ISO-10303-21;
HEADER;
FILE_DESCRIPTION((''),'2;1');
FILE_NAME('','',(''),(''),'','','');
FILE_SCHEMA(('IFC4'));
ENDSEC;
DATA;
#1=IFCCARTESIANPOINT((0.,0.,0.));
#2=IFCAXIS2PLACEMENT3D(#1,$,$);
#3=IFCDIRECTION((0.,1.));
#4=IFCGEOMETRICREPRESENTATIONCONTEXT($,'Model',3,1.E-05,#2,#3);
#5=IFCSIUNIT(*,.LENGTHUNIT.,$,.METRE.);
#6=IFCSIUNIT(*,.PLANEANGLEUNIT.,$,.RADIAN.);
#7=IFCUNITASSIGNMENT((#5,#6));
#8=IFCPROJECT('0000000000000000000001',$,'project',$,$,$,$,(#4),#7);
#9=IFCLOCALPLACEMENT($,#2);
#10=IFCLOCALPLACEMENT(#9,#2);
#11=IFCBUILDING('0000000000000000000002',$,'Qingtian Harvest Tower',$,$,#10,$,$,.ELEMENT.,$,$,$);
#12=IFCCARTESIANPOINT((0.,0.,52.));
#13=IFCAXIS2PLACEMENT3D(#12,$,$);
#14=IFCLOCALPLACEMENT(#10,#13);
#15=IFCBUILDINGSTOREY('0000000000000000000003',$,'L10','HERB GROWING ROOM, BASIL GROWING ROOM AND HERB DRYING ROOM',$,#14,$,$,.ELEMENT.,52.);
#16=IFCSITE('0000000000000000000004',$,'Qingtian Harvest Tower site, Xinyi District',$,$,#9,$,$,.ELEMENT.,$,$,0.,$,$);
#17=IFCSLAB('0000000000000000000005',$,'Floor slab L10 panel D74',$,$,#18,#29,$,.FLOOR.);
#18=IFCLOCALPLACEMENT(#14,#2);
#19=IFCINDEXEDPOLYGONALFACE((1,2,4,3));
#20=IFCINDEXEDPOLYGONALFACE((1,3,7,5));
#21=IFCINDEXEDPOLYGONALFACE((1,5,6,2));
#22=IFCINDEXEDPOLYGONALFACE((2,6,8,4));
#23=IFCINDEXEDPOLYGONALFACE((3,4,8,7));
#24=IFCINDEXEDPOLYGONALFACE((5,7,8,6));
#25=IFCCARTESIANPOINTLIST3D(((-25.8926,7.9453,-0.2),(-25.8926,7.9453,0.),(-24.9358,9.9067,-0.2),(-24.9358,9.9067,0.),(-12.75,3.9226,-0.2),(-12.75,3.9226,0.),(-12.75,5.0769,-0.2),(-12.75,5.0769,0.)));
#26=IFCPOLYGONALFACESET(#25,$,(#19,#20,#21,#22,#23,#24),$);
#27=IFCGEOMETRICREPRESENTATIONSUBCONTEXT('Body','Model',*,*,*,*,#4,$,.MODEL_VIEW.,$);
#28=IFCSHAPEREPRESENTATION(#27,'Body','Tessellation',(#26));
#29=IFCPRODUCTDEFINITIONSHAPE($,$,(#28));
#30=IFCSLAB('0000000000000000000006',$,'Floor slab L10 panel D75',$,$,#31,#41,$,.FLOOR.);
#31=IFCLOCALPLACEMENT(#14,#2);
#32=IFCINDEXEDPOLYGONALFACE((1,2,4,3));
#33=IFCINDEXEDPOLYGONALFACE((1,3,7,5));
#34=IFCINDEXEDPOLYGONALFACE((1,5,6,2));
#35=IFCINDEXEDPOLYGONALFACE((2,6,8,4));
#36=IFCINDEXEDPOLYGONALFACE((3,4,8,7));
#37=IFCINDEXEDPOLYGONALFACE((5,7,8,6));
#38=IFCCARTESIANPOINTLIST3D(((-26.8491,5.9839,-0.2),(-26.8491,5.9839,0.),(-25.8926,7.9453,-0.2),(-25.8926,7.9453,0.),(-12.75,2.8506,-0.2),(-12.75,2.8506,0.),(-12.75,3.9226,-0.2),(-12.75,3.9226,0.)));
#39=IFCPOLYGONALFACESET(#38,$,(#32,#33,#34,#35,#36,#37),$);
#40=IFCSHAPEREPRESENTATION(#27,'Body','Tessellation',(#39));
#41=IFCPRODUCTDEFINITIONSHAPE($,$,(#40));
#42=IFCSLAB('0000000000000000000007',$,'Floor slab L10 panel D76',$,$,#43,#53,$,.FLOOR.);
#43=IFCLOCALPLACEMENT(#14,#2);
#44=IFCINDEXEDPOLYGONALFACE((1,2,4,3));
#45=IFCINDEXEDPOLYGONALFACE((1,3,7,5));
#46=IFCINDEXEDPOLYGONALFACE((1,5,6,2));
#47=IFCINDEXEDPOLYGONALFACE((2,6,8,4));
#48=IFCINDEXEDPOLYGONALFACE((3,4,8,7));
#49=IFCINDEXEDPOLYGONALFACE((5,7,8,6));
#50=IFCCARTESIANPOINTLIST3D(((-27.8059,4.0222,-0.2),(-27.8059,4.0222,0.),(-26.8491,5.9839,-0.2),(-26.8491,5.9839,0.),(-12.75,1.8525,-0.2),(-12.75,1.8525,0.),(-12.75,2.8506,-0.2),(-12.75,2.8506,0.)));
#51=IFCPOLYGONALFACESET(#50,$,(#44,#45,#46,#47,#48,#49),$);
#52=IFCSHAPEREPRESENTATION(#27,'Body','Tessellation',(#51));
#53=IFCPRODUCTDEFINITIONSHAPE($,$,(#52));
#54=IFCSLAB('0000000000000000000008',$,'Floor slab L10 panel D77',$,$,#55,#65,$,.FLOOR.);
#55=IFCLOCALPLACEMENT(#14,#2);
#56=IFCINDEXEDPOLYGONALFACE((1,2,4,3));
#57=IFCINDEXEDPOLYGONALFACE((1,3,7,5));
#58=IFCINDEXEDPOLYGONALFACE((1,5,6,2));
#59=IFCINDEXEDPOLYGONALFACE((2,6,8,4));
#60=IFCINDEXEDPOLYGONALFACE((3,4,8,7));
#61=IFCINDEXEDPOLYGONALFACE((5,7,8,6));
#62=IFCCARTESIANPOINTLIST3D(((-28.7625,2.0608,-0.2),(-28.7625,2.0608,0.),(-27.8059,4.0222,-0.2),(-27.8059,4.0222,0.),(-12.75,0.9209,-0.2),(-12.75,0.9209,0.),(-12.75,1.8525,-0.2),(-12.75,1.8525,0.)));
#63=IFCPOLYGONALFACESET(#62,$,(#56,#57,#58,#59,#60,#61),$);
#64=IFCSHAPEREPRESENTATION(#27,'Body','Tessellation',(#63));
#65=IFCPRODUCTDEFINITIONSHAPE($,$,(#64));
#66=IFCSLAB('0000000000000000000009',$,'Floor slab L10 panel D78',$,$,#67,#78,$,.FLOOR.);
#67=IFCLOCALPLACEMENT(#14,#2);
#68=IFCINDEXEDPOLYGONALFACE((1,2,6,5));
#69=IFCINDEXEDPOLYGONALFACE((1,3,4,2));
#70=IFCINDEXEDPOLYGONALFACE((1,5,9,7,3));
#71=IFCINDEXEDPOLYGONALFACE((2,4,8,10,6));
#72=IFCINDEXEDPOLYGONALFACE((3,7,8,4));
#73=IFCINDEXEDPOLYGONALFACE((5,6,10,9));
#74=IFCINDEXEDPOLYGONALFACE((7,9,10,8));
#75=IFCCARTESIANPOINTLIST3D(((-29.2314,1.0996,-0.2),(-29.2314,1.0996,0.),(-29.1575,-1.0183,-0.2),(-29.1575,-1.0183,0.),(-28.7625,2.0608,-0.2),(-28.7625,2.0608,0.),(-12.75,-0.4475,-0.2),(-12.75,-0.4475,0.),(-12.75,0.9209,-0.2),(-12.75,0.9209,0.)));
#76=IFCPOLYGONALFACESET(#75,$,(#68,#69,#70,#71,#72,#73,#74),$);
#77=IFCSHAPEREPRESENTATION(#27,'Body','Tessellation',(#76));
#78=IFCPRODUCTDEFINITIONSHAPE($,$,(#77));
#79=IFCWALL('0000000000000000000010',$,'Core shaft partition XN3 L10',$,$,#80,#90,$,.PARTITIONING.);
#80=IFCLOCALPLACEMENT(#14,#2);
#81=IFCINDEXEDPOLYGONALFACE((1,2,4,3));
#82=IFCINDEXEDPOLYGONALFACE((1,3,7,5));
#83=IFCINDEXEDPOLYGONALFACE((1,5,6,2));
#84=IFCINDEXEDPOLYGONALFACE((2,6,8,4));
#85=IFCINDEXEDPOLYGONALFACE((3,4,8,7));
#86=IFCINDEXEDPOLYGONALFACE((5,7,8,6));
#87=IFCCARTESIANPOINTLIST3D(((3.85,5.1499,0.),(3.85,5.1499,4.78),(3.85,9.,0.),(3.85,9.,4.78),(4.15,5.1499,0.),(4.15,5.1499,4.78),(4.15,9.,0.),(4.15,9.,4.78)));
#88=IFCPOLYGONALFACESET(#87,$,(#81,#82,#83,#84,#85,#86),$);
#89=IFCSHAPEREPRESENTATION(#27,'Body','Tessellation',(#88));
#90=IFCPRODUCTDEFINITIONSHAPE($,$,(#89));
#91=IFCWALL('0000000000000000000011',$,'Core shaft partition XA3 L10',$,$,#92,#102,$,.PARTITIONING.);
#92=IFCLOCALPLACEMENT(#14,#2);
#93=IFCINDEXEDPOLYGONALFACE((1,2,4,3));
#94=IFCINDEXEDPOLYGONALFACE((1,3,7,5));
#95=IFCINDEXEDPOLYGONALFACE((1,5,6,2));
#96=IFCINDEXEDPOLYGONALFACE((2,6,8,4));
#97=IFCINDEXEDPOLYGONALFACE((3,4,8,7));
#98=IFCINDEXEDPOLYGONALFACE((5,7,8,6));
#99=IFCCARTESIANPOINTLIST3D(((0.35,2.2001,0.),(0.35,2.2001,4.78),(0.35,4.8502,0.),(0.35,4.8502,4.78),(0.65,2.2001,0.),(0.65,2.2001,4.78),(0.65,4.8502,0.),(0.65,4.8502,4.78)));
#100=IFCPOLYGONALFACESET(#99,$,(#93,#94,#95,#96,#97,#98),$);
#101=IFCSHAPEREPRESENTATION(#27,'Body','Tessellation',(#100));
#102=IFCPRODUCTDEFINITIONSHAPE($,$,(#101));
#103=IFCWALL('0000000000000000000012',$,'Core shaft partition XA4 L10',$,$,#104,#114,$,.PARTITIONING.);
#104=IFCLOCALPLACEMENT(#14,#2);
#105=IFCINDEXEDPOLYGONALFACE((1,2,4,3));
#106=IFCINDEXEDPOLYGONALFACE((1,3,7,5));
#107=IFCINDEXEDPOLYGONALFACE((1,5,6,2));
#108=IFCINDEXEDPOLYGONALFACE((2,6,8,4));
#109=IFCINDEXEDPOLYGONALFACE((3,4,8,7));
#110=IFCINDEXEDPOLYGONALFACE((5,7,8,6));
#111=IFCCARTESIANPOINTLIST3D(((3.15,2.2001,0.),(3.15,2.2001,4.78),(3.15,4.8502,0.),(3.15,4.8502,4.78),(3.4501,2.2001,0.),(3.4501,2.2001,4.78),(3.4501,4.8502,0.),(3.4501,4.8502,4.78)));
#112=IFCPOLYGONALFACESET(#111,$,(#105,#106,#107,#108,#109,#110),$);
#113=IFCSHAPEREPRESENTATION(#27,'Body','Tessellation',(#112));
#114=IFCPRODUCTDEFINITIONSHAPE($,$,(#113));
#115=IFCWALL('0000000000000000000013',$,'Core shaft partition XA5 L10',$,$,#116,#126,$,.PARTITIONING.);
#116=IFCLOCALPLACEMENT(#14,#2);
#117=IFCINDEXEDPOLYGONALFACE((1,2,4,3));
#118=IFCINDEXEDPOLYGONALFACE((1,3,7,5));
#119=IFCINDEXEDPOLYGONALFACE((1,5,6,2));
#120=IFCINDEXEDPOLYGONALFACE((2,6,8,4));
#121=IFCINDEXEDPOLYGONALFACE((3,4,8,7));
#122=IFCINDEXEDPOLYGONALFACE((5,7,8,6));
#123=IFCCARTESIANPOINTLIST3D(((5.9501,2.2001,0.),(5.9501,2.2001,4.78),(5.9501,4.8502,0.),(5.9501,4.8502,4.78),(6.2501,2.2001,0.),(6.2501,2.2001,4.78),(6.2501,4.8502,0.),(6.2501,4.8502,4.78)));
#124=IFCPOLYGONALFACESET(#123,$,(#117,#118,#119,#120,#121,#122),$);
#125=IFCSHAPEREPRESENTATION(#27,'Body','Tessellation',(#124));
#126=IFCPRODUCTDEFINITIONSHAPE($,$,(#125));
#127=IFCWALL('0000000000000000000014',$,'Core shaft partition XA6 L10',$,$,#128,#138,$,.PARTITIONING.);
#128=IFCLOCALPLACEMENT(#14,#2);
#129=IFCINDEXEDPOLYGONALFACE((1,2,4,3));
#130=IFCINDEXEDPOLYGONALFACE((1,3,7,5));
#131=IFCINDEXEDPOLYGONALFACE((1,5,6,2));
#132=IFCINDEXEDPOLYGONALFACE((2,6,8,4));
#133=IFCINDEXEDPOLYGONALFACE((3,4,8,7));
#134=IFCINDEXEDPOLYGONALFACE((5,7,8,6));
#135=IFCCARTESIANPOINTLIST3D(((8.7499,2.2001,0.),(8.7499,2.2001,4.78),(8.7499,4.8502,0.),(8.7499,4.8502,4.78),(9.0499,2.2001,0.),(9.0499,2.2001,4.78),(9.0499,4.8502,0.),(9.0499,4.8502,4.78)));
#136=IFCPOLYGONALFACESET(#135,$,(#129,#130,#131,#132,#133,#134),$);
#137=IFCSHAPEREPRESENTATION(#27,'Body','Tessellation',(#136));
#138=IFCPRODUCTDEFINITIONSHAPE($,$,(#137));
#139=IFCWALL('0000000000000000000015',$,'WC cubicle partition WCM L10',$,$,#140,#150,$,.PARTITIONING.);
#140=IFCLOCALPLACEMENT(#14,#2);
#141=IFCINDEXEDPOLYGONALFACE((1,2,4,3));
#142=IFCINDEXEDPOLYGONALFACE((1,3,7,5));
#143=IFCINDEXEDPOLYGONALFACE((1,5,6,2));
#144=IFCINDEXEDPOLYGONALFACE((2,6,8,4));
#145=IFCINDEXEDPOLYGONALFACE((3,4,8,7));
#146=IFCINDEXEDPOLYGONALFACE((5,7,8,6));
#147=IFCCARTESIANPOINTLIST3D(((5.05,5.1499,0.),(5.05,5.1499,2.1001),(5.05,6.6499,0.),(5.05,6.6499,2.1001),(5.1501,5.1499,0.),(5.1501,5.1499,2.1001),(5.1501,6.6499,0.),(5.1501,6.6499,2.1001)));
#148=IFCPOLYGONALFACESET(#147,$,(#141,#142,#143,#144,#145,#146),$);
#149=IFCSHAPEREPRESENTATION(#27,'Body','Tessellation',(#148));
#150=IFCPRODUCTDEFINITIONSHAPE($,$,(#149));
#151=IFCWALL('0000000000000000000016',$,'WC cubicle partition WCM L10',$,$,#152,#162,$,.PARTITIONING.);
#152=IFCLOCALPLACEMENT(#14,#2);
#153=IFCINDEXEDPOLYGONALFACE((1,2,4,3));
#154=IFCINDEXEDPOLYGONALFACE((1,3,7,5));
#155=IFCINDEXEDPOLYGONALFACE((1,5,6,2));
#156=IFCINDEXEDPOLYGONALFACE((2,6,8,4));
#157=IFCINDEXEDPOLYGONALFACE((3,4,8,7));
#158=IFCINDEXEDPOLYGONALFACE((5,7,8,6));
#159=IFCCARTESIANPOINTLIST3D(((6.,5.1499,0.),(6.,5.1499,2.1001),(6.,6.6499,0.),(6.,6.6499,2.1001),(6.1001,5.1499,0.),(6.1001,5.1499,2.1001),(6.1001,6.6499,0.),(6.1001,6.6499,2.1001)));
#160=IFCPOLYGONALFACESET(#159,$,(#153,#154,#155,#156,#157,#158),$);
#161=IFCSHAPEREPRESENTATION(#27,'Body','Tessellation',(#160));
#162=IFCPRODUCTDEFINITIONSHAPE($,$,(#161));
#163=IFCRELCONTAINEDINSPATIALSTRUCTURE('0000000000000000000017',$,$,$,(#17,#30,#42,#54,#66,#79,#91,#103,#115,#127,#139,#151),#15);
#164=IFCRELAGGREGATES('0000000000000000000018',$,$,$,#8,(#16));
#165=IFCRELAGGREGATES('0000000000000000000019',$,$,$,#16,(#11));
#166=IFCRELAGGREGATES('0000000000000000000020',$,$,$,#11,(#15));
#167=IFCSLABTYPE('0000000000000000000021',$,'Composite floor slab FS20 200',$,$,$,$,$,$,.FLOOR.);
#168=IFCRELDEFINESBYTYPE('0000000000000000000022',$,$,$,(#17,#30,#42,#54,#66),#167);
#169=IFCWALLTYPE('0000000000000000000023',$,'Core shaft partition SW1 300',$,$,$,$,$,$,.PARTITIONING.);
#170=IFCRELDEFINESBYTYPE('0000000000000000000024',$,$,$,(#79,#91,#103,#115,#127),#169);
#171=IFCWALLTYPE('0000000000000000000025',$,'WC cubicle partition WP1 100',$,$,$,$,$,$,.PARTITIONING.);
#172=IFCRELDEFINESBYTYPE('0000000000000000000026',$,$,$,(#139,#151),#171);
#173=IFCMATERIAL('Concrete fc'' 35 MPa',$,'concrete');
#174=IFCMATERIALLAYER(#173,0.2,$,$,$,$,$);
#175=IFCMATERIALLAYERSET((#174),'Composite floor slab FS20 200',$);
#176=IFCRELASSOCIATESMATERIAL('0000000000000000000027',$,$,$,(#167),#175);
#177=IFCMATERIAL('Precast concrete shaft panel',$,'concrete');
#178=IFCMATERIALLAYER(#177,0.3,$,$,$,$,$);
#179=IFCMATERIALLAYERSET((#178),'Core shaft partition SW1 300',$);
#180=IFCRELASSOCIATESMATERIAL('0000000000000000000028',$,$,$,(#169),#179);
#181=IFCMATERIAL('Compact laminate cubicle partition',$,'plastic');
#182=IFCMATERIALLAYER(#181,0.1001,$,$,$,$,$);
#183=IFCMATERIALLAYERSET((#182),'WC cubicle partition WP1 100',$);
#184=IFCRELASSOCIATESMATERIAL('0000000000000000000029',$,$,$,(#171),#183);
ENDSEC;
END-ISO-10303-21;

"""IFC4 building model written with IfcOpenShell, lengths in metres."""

from ifc_helpers import new_model, si_unit, direction, frame, frame_2d, origin, place, context, subcontext, project, spatial, polyline, rectangle, outline, extrude, material, layer, layer_set, type_object, element, save


model = new_model("IFC4")

# Units and contexts
model_context = context("Model", 3, precision=1e-05, world=origin(), true_north=direction((0.0, 1.0)))
body_context = subcontext(model_context, "Body", "Model", "MODEL_VIEW")
ifc_project = project(units=[si_unit("LENGTHUNIT", "METRE"), si_unit("PLANEANGLEUNIT", "RADIAN")], contexts=[model_context])

# Site, building, storey
site_placement = place(None, origin())
site = spatial("IfcSite", under=ifc_project, at=site_placement, Name="Qingtian Harvest Tower site, Xinyi District", CompositionType="ELEMENT", RefElevation=0.0)
building_placement = place(site_placement, origin())
building = spatial("IfcBuilding", under=site, at=building_placement, Name="Qingtian Harvest Tower", CompositionType="ELEMENT")
storey_placement = place(building_placement, frame((0.0, 0.0, 52.0)))
storey = spatial("IfcBuildingStorey", under=building, at=storey_placement, Name="L10", Description="HERB GROWING ROOM, BASIL GROWING ROOM AND HERB DRYING ROOM", CompositionType="ELEMENT", Elevation=52.0)

# Slabs
ifc_material_1 = material(Name="Concrete fc' 35 MPa", Category="concrete")
ifc_layer_1 = layer(ifc_material_1, 0.2)
ifc_layer_set_1 = layer_set([ifc_layer_1], Name="Composite floor slab FS20 200")
slab_type = type_object("IfcSlabType", Name="Composite floor slab FS20 200", PredefinedType="FLOOR", material=ifc_layer_set_1)
slab_1_placement = place(storey_placement, frame((0.0, 0.0, -0.2)))
element("IfcSlab", 1, at=slab_1_placement, inside=storey, type_object=slab_type, Name="Floor slab L10 panel D74", PredefinedType="FLOOR", context=body_context, shape_type="SweptSolid", body=[
    extrude(outline(polyline([(-12.75, 3.9226), (-25.8926, 7.9453), (-24.9358, 9.9067), (-12.75, 5.0769), (-12.75, 3.9226)])), origin(), (0.0, 0.0, 1.0), 0.2),
])
slab_2_placement = place(storey_placement, frame((0.0, 0.0, -0.2)))
element("IfcSlab", 2, at=slab_2_placement, inside=storey, type_object=slab_type, Name="Floor slab L10 panel D75", PredefinedType="FLOOR", context=body_context, shape_type="SweptSolid", body=[
    extrude(outline(polyline([(-12.75, 2.8506), (-26.8491, 5.9839), (-25.8926, 7.9453), (-12.75, 3.9226), (-12.75, 2.8506)])), origin(), (0.0, 0.0, 1.0), 0.2),
])
slab_3_placement = place(storey_placement, frame((0.0, 0.0, -0.2)))
element("IfcSlab", 3, at=slab_3_placement, inside=storey, type_object=slab_type, Name="Floor slab L10 panel D76", PredefinedType="FLOOR", context=body_context, shape_type="SweptSolid", body=[
    extrude(outline(polyline([(-12.75, 1.8525), (-27.8059, 4.0222), (-26.8491, 5.9839), (-12.75, 2.8506), (-12.75, 1.8525)])), origin(), (0.0, 0.0, 1.0), 0.2),
])
slab_4_placement = place(storey_placement, frame((0.0, 0.0, -0.2)))
element("IfcSlab", 4, at=slab_4_placement, inside=storey, type_object=slab_type, Name="Floor slab L10 panel D77", PredefinedType="FLOOR", context=body_context, shape_type="SweptSolid", body=[
    extrude(outline(polyline([(-12.75, 0.9209), (-28.7625, 2.0608), (-27.8059, 4.0222), (-12.75, 1.8525), (-12.75, 0.9209)])), origin(), (0.0, 0.0, 1.0), 0.2),
])
slab_5_placement = place(storey_placement, frame((0.0, 0.0, -0.2)))
element("IfcSlab", 5, at=slab_5_placement, inside=storey, type_object=slab_type, Name="Floor slab L10 panel D78", PredefinedType="FLOOR", context=body_context, shape_type="SweptSolid", body=[
    extrude(outline(polyline([(-12.75, 0.9209), (-12.75, -0.4475), (-29.1575, -1.0183), (-29.2314, 1.0996), (-28.7625, 2.0608), (-12.75, 0.9209)])), origin(), (0.0, 0.0, 1.0), 0.2),
])

# Shared definitions
ifc_material_2 = material(Name="Precast concrete shaft panel", Category="concrete")
ifc_layer_2 = layer(ifc_material_2, 0.3)
ifc_layer_set_2 = layer_set([ifc_layer_2], Name="Core shaft partition SW1 300")
wall_type_1 = type_object("IfcWallType", Name="Core shaft partition SW1 300", PredefinedType="PARTITIONING", material=ifc_layer_set_2)

# Walls
wall_1_placement = place(storey_placement, frame((4.0, 5.1499, 0.0), z_axis=(0.0, 0.0, 1.0), x_axis=(0.0, 1.0, 0.0)))
element("IfcWall", 6, at=wall_1_placement, inside=storey, type_object=wall_type_1, Name="Core shaft partition XN3 L10", PredefinedType="PARTITIONING", context=body_context, shape_type="SweptSolid", body=[
    extrude(rectangle(XDim=3.8501, YDim=0.3, at=frame_2d((1.925, 0.0))), origin(), (0.0, 0.0, 1.0), 4.78),
])
for number, where, z_axis, x_axis, name in (
    (7, (0.5, 2.2, 0.0), (0.0, 0.0, 1.0), (0.0, 1.0, 0.0), "Core shaft partition XA3 L10"),
    (8, (3.3, 2.2, 0.0), (0.0, 0.0, 1.0), (0.0, 1.0, 0.0), "Core shaft partition XA4 L10"),
    (9, (6.1001, 2.2, 0.0), (0.0, 0.0, 1.0), (0.0, 1.0, 0.0), "Core shaft partition XA5 L10"),
    (10, (8.8999, 2.2, 0.0), (0.0, 0.0, 1.0), (0.0, 1.0, 0.0), "Core shaft partition XA6 L10"),
):
    element("IfcWall", number, at=place(storey_placement, frame(where, z_axis=z_axis, x_axis=x_axis)), inside=storey, type_object=wall_type_1, Name=name, PredefinedType="PARTITIONING", context=body_context, shape_type="SweptSolid", body=[
        extrude(rectangle(XDim=2.6501, YDim=0.3, at=frame_2d((1.3252, 0.0))), origin(), (0.0, 0.0, 1.0), 4.78),
    ])

# Walls
ifc_material_3 = material(Name="Compact laminate cubicle partition", Category="plastic")
ifc_layer_3 = layer(ifc_material_3, 0.1001)
ifc_layer_set_3 = layer_set([ifc_layer_3], Name="WC cubicle partition WP1 100")
wall_type_2 = type_object("IfcWallType", Name="WC cubicle partition WP1 100", PredefinedType="PARTITIONING", material=ifc_layer_set_3)
for number, where, z_axis, x_axis, name in (
    (11, (5.1001, 5.1499, 0.0), (0.0, 0.0, 1.0), (0.0, 1.0, 0.0), "WC cubicle partition WCM L10"),
    (12, (6.05, 5.1499, 0.0), (0.0, 0.0, 1.0), (0.0, 1.0, 0.0), "WC cubicle partition WCM L10"),
):
    element("IfcWall", number, at=place(storey_placement, frame(where, z_axis=z_axis, x_axis=x_axis)), inside=storey, type_object=wall_type_2, Name=name, PredefinedType="PARTITIONING", context=body_context, shape_type="SweptSolid", body=[
        extrude(rectangle(XDim=1.5, YDim=0.1001, at=frame_2d((0.75, 0.0))), origin(), (0.0, 0.0, 1.0), 2.1001),
    ])

save(model, "model.ifc")
